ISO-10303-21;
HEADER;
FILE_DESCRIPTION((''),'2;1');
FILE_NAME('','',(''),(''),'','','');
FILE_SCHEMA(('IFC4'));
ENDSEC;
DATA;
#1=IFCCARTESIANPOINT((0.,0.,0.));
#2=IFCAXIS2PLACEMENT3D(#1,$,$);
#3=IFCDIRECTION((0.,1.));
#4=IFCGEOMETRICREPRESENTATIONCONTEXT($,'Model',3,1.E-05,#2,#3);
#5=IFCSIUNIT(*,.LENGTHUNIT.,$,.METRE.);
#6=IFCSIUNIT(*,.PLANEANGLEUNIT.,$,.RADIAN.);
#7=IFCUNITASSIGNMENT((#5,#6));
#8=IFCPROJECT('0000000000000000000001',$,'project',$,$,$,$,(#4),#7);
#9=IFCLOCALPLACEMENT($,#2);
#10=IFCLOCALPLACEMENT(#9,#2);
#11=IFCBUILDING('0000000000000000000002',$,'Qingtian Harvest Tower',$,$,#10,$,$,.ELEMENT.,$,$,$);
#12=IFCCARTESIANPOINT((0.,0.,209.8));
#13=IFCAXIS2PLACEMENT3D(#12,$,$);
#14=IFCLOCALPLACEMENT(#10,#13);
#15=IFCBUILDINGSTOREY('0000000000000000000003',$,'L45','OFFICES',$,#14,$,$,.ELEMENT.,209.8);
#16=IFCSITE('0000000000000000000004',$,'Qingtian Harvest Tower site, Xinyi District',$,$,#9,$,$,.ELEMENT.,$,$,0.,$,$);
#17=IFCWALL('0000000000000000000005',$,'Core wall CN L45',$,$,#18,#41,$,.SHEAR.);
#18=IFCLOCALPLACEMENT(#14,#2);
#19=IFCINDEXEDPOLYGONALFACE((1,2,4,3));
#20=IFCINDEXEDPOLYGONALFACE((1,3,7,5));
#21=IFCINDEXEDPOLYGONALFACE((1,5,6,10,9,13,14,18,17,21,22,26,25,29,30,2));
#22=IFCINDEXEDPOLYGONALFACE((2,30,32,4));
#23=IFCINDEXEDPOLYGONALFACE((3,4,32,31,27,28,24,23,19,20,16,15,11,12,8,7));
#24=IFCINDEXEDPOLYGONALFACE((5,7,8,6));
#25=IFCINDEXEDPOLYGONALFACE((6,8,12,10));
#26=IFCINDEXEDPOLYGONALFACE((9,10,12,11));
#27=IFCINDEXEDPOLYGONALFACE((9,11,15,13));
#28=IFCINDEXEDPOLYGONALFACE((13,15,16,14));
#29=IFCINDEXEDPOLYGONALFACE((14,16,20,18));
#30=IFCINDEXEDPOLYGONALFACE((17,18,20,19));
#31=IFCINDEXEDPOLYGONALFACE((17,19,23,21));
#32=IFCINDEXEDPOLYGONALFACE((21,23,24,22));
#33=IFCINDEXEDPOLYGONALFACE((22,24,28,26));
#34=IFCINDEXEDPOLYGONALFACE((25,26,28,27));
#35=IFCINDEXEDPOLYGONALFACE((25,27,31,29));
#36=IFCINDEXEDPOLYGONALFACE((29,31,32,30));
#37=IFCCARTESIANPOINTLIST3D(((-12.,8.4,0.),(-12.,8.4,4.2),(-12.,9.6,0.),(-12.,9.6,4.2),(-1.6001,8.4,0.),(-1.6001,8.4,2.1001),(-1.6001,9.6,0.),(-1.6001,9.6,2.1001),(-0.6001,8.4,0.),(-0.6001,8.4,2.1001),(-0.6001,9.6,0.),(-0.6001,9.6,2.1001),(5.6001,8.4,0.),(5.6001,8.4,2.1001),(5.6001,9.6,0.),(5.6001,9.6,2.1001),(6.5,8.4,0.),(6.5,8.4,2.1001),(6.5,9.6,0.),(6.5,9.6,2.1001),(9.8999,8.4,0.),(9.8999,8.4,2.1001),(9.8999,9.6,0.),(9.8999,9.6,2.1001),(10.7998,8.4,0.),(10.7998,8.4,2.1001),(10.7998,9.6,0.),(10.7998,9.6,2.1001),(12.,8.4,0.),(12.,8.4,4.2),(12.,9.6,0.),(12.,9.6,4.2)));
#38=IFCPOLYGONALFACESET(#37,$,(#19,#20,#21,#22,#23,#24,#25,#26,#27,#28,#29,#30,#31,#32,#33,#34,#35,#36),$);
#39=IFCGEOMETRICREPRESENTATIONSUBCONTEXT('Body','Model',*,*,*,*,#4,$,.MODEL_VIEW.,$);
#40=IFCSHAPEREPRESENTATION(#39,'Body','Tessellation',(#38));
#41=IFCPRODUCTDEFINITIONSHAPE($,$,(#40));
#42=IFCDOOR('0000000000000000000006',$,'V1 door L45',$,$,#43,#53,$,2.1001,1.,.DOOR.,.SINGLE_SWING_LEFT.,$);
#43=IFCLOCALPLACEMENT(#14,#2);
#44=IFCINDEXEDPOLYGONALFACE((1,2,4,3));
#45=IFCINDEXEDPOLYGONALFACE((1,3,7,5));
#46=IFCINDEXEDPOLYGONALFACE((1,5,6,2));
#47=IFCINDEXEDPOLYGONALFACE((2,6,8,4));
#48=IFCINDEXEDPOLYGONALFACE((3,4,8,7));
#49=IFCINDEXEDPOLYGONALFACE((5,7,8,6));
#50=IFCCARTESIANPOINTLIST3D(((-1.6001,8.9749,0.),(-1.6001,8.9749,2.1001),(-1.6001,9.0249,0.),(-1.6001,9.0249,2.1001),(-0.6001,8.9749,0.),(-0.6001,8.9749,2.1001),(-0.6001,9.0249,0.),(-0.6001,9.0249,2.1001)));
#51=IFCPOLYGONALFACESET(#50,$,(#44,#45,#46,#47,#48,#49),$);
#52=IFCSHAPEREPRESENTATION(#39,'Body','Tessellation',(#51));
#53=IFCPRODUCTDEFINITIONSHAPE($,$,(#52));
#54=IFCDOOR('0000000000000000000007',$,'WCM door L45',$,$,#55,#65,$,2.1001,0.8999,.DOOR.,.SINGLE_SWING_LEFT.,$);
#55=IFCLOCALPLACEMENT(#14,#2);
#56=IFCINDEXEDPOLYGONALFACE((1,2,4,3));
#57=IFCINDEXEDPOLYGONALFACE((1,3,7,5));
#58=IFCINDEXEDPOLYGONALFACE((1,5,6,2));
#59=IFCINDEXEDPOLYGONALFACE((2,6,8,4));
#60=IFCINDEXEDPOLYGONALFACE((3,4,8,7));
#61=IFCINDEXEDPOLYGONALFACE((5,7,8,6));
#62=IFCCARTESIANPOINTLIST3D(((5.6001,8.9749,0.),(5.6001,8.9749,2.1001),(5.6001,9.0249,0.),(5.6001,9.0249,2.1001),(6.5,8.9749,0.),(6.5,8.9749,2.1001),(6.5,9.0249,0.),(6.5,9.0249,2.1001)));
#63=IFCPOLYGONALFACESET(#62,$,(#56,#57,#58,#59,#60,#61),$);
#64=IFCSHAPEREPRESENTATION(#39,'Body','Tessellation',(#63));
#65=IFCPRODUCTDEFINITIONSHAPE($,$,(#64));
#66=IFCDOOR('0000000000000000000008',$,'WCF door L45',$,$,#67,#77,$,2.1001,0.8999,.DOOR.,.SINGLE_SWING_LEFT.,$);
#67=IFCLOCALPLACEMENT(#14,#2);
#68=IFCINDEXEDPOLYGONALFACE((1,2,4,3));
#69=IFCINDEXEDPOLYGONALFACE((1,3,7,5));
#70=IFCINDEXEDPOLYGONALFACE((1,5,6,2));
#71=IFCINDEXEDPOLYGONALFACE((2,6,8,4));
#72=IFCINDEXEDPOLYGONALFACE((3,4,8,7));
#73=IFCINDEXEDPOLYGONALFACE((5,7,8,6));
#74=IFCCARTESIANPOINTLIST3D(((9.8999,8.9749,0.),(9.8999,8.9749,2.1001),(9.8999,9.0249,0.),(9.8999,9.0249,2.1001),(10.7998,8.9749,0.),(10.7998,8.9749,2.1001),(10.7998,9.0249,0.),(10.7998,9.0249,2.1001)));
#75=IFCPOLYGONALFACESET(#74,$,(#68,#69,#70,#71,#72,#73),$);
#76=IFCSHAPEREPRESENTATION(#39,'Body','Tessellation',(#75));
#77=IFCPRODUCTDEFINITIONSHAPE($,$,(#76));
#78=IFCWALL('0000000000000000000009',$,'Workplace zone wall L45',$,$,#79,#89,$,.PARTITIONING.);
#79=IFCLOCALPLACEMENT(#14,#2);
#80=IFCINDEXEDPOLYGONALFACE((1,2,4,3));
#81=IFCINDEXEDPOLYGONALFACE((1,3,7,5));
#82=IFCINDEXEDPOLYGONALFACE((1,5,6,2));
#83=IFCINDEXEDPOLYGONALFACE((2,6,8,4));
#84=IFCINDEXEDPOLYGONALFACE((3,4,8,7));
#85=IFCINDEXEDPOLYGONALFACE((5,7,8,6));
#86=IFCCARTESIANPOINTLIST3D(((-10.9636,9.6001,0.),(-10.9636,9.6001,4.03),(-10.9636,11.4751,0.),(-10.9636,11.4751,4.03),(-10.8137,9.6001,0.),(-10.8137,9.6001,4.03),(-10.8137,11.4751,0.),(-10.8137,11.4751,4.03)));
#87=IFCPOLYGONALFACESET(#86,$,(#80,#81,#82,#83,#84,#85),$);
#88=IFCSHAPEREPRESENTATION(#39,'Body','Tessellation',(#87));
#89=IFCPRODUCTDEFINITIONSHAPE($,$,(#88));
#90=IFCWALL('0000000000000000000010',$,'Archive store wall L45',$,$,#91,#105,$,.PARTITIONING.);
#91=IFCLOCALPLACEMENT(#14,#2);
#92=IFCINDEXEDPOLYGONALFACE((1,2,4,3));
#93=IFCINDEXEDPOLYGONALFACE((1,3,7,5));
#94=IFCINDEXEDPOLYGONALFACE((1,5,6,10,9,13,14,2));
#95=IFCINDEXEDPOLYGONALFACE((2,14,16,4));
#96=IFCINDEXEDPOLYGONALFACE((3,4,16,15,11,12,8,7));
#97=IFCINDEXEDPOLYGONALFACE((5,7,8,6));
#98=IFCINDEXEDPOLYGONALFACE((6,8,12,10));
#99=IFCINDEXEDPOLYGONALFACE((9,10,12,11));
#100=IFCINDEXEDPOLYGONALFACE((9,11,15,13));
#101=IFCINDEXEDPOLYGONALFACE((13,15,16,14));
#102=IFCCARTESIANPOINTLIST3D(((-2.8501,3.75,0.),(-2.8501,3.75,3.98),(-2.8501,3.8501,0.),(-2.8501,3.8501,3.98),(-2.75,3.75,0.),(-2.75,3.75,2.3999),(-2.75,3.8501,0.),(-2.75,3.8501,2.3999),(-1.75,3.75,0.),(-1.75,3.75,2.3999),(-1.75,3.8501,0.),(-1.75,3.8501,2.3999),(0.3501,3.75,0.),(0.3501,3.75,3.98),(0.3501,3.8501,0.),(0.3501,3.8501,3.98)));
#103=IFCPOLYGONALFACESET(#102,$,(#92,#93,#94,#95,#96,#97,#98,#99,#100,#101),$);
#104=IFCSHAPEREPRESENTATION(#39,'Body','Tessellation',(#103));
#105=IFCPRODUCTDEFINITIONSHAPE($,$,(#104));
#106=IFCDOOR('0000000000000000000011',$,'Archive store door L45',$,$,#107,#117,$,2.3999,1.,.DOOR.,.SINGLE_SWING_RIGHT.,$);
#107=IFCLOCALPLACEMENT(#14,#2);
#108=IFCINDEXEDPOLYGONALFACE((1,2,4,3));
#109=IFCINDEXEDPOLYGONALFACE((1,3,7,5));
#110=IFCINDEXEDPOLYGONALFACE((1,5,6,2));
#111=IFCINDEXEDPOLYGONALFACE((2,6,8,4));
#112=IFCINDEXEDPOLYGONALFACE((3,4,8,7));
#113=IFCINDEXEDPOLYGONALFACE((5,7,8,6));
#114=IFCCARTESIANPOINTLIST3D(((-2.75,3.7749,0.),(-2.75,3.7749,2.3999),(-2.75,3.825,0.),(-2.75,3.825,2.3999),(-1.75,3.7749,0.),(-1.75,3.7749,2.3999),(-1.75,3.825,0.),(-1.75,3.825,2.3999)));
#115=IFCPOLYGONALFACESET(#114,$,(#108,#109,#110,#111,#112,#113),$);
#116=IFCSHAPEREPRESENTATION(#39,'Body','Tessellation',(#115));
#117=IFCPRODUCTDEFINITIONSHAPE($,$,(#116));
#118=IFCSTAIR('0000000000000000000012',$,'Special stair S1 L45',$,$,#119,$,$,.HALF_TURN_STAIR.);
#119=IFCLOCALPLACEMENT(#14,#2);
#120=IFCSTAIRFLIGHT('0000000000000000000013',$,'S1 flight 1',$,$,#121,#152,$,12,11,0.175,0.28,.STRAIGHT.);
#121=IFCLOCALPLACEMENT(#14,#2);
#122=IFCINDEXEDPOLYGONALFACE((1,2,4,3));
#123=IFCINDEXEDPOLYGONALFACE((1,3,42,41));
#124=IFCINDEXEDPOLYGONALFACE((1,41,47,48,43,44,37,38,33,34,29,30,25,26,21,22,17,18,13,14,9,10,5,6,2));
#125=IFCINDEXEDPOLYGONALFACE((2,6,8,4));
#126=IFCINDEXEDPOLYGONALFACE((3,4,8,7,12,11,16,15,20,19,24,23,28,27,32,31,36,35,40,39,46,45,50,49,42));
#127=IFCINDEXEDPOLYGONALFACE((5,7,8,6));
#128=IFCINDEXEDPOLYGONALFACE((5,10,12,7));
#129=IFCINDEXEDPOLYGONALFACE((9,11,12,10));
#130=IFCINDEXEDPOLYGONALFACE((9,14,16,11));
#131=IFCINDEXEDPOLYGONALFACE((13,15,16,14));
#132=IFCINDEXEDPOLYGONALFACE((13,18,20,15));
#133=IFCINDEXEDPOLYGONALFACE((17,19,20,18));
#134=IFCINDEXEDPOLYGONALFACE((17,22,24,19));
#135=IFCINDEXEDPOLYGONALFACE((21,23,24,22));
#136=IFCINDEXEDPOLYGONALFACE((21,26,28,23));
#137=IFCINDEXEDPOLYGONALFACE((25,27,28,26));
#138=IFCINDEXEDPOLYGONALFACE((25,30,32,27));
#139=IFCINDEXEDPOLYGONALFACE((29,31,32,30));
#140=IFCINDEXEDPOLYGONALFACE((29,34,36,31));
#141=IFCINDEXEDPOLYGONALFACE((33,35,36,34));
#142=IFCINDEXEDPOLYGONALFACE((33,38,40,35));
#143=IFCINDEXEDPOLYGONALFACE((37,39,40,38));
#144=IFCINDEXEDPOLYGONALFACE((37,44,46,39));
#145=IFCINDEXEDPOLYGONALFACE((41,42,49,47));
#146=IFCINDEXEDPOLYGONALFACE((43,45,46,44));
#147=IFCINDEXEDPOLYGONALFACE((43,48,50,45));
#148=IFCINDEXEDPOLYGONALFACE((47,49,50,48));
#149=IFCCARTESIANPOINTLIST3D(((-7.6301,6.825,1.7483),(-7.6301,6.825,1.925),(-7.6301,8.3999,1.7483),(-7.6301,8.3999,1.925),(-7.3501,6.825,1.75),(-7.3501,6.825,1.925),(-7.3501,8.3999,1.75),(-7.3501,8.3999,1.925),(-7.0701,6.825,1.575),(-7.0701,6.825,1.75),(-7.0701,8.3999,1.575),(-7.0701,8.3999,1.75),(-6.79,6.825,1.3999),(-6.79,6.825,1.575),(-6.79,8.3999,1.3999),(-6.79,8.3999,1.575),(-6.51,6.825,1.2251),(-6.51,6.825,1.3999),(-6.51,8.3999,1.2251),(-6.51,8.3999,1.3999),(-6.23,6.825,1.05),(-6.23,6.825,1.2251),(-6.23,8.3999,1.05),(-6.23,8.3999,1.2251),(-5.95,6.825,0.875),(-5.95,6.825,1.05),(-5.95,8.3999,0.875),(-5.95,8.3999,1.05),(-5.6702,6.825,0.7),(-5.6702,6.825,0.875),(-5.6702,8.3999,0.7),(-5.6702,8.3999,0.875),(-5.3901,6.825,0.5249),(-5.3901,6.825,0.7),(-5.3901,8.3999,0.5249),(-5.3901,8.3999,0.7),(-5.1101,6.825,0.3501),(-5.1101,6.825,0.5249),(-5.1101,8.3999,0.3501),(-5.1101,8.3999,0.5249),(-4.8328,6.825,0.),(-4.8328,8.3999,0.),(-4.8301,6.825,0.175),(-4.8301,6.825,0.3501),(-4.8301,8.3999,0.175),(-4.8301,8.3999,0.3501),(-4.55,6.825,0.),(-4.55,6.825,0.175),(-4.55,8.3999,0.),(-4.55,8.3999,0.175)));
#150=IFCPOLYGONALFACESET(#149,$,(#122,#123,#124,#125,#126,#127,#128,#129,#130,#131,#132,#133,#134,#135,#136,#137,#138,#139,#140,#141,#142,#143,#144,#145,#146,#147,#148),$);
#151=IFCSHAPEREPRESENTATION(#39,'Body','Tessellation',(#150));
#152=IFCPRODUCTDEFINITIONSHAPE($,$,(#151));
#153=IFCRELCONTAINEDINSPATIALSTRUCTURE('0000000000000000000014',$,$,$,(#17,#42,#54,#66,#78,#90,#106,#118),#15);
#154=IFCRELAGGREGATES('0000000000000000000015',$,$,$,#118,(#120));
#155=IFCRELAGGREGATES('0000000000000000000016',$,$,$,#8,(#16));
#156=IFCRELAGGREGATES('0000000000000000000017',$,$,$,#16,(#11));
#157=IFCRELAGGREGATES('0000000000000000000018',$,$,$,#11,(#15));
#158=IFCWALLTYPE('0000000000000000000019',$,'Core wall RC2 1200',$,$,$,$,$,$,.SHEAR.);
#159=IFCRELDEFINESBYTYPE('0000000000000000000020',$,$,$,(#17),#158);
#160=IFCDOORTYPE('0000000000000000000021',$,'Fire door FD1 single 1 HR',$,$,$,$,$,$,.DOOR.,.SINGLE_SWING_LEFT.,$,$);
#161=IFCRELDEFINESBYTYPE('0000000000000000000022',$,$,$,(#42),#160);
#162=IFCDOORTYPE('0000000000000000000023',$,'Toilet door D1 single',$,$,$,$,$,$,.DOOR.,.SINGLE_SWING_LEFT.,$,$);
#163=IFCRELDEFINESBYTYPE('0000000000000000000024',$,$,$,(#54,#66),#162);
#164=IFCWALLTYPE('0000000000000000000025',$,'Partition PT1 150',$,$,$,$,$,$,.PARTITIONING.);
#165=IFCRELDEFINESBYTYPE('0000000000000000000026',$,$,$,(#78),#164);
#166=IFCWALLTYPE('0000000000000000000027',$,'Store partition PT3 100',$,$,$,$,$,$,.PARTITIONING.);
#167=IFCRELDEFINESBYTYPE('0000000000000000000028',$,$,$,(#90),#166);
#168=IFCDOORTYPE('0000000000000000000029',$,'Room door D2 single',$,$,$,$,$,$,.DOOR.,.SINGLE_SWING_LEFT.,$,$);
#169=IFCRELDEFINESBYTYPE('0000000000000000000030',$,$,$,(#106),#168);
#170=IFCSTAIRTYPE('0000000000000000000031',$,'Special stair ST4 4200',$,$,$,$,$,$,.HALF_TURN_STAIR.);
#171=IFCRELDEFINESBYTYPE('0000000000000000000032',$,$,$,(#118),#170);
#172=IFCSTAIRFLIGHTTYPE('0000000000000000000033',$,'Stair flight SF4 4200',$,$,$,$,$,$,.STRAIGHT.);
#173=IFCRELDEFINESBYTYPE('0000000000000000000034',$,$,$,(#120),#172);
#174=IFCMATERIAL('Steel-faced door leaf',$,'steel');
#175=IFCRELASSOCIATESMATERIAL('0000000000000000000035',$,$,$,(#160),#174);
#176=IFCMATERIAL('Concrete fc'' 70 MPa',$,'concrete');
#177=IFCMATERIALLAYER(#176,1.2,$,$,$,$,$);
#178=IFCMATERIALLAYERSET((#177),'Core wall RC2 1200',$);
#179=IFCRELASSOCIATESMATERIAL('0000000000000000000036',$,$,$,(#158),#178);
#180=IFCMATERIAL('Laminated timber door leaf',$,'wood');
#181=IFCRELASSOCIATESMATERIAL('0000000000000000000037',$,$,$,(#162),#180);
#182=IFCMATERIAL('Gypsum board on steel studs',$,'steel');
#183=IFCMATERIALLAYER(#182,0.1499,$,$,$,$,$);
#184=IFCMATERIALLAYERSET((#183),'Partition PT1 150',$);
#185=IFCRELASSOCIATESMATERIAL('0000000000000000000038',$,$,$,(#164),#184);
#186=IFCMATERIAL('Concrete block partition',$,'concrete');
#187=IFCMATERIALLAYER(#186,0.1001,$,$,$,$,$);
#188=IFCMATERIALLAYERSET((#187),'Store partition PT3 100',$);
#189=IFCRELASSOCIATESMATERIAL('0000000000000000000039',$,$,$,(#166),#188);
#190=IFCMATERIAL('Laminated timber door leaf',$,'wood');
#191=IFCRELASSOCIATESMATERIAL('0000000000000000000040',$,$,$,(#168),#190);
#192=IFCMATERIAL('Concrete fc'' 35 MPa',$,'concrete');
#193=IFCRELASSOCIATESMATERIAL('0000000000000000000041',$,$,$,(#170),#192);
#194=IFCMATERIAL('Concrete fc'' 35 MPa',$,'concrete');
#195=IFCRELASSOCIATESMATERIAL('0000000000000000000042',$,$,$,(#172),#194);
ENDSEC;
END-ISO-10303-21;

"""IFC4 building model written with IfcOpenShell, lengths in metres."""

from ifc_helpers import new_model, si_unit, direction, frame, frame_2d, origin, place, context, subcontext, project, spatial, polyline, rectangle, outline, extrude, material, layer, layer_set, type_object, element, fill, aggregate, save


model = new_model("IFC4")

# Units and contexts
model_context = context("Model", 3, precision=1e-05, world=origin(), true_north=direction((0.0, 1.0)))
body_context = subcontext(model_context, "Body", "Model", "MODEL_VIEW")
ifc_project = project(units=[si_unit("LENGTHUNIT", "METRE"), si_unit("PLANEANGLEUNIT", "RADIAN")], contexts=[model_context])

# Site, building, storey
site_placement = place(None, origin())
site = spatial("IfcSite", under=ifc_project, at=site_placement, Name="Qingtian Harvest Tower site, Xinyi District", CompositionType="ELEMENT", RefElevation=0.0)
building_placement = place(site_placement, origin())
building = spatial("IfcBuilding", under=site, at=building_placement, Name="Qingtian Harvest Tower", CompositionType="ELEMENT")
storey_placement = place(building_placement, frame((0.0, 0.0, 209.8)))
storey = spatial("IfcBuildingStorey", under=building, at=storey_placement, Name="L45", Description="OFFICES", CompositionType="ELEMENT", Elevation=209.8)

# Shared definitions
ifc_material_1 = material(Name="Steel-faced door leaf", Category="steel")
door_type_1 = type_object("IfcDoorType", Name="Fire door FD1 single 1 HR", OperationType="SINGLE_SWING_LEFT", PredefinedType="DOOR", material=ifc_material_1)

# Wall, openings, doors
ifc_material_2 = material(Name="Concrete fc' 70 MPa", Category="concrete")
ifc_layer_1 = layer(ifc_material_2, 1.2)
ifc_layer_set_1 = layer_set([ifc_layer_1], Name="Core wall RC2 1200")
wall_type_1 = type_object("IfcWallType", Name="Core wall RC2 1200", PredefinedType="SHEAR", material=ifc_layer_set_1)
wall_1_placement = place(storey_placement, frame((-12.0, 9.0, 0.0), z_axis=(0.0, 0.0, 1.0), x_axis=(1.0, 0.0, 0.0)))
wall_1 = element("IfcWall", 1, at=wall_1_placement, inside=storey, type_object=wall_type_1, Name="Core wall CN L45", PredefinedType="SHEAR", context=body_context, shape_type="SweptSolid", body=[
    extrude(rectangle(XDim=24.0, YDim=1.2, at=frame_2d((12.0, 0.0))), origin(), (0.0, 0.0, 1.0), 4.2),
])
opening_1_placement = place(wall_1_placement, frame((10.3999, 0.0, 0.0)))
opening_1 = element("IfcOpeningElement", 2, at=opening_1_placement, cuts=wall_1, PredefinedType="OPENING", context=body_context, shape_type="SweptSolid", body=[
    extrude(rectangle(XDim=1.0, YDim=2.1001, at=frame_2d((0.5, 1.05))), frame((0.0, 0.6099, 0.0), z_axis=(0.0, -1.0, 0.0), x_axis=(1.0, 0.0, 0.0)), (0.0, 0.0, 1.0), 1.22),
])
opening_2_placement = place(wall_1_placement, frame((17.6001, 0.0, 0.0)))
opening_2 = element("IfcOpeningElement", 3, at=opening_2_placement, cuts=wall_1, PredefinedType="OPENING", context=body_context, shape_type="SweptSolid", body=[
    extrude(rectangle(XDim=0.8999, YDim=2.1001, at=frame_2d((0.45, 1.05))), frame((0.0, 0.6099, 0.0), z_axis=(0.0, -1.0, 0.0), x_axis=(1.0, 0.0, 0.0)), (0.0, 0.0, 1.0), 1.22),
])
opening_3_placement = place(wall_1_placement, frame((21.8999, 0.0, 0.0)))
opening_3 = element("IfcOpeningElement", 4, at=opening_3_placement, cuts=wall_1, PredefinedType="OPENING", context=body_context, shape_type="SweptSolid", body=[
    extrude(rectangle(XDim=0.8999, YDim=2.1001, at=frame_2d((0.45, 1.05))), frame((0.0, 0.6099, 0.0), z_axis=(0.0, -1.0, 0.0), x_axis=(1.0, 0.0, 0.0)), (0.0, 0.0, 1.0), 1.22),
])
door_1_placement = place(opening_1_placement, origin())
door_1 = element("IfcDoor", 5, at=door_1_placement, inside=storey, type_object=door_type_1, Name="V1 door L45", OperationType="SINGLE_SWING_LEFT", OverallHeight=2.1001, OverallWidth=1.0, PredefinedType="DOOR", context=body_context, shape_type="SweptSolid", body=[
    extrude(rectangle(XDim=1.0, YDim=2.1001, at=frame_2d((0.5, 1.05))), frame((0.0, 0.0249, 0.0), z_axis=(0.0, -1.0, 0.0), x_axis=(1.0, 0.0, 0.0)), (0.0, 0.0, 1.0), 0.05),
])
fill(opening_1, door_1)
ifc_material_3 = material(Name="Laminated timber door leaf", Category="wood")
door_type_2 = type_object("IfcDoorType", Name="Toilet door D1 single", OperationType="SINGLE_SWING_LEFT", PredefinedType="DOOR", material=ifc_material_3)
door_2_placement = place(opening_2_placement, origin())
door_2 = element("IfcDoor", 6, at=door_2_placement, inside=storey, type_object=door_type_2, Name="WCM door L45", OperationType="SINGLE_SWING_LEFT", OverallHeight=2.1001, OverallWidth=0.8999, PredefinedType="DOOR", context=body_context, shape_type="SweptSolid", body=[
    extrude(rectangle(XDim=0.8999, YDim=2.1001, at=frame_2d((0.45, 1.05))), frame((0.0, 0.0249, 0.0), z_axis=(0.0, -1.0, 0.0), x_axis=(1.0, 0.0, 0.0)), (0.0, 0.0, 1.0), 0.05),
])
fill(opening_2, door_2)
door_3_placement = place(opening_3_placement, origin())
door_3 = element("IfcDoor", 7, at=door_3_placement, inside=storey, type_object=door_type_2, Name="WCF door L45", OperationType="SINGLE_SWING_LEFT", OverallHeight=2.1001, OverallWidth=0.8999, PredefinedType="DOOR", context=body_context, shape_type="SweptSolid", body=[
    extrude(rectangle(XDim=0.8999, YDim=2.1001, at=frame_2d((0.45, 1.05))), frame((0.0, 0.0249, 0.0), z_axis=(0.0, -1.0, 0.0), x_axis=(1.0, 0.0, 0.0)), (0.0, 0.0, 1.0), 0.05),
])
fill(opening_3, door_3)

# Wall
ifc_material_4 = material(Name="Gypsum board on steel studs", Category="steel")
ifc_layer_2 = layer(ifc_material_4, 0.1499)
ifc_layer_set_2 = layer_set([ifc_layer_2], Name="Partition PT1 150")
wall_type_2 = type_object("IfcWallType", Name="Partition PT1 150", PredefinedType="PARTITIONING", material=ifc_layer_set_2)
wall_2_placement = place(storey_placement, frame((-10.8887, 9.6001, 0.0), z_axis=(0.0, 0.0, 1.0), x_axis=(0.0, 1.0, 0.0)))
element("IfcWall", 8, at=wall_2_placement, inside=storey, type_object=wall_type_2, Name="Workplace zone wall L45", PredefinedType="PARTITIONING", context=body_context, shape_type="SweptSolid", body=[
    extrude(rectangle(XDim=1.875, YDim=0.1499, at=frame_2d((0.9375, 0.0))), origin(), (0.0, 0.0, 1.0), 4.03),
])

# Wall, opening, door
ifc_material_5 = material(Name="Concrete block partition", Category="concrete")
ifc_layer_3 = layer(ifc_material_5, 0.1001)
ifc_layer_set_3 = layer_set([ifc_layer_3], Name="Store partition PT3 100")
wall_type_3 = type_object("IfcWallType", Name="Store partition PT3 100", PredefinedType="PARTITIONING", material=ifc_layer_set_3)
wall_3_placement = place(storey_placement, frame((-2.8501, 3.8, 0.0), z_axis=(0.0, 0.0, 1.0), x_axis=(1.0, 0.0, 0.0)))
wall_3 = element("IfcWall", 9, at=wall_3_placement, inside=storey, type_object=wall_type_3, Name="Archive store wall L45", PredefinedType="PARTITIONING", context=body_context, shape_type="SweptSolid", body=[
    extrude(rectangle(XDim=3.2002, YDim=0.1001, at=frame_2d((1.6001, 0.0))), origin(), (0.0, 0.0, 1.0), 3.98),
])
opening_4_placement = place(wall_3_placement, frame((0.1001, 0.0, 0.0)))
opening_4 = element("IfcOpeningElement", 10, at=opening_4_placement, cuts=wall_3, PredefinedType="OPENING", context=body_context, shape_type="SweptSolid", body=[
    extrude(rectangle(XDim=1.0, YDim=2.3999, at=frame_2d((0.5, 1.2))), frame((0.0, 0.0601, 0.0), z_axis=(0.0, -1.0, 0.0), x_axis=(1.0, 0.0, 0.0)), (0.0, 0.0, 1.0), 0.1201),
])
ifc_material_6 = material(Name="Laminated timber door leaf", Category="wood")
door_type_3 = type_object("IfcDoorType", Name="Room door D2 single", OperationType="SINGLE_SWING_LEFT", PredefinedType="DOOR", material=ifc_material_6)
door_4_placement = place(opening_4_placement, origin())
door_4 = element("IfcDoor", 11, at=door_4_placement, inside=storey, type_object=door_type_3, Name="Archive store door L45", OperationType="SINGLE_SWING_RIGHT", OverallHeight=2.3999, OverallWidth=1.0, PredefinedType="DOOR", context=body_context, shape_type="SweptSolid", body=[
    extrude(rectangle(XDim=1.0, YDim=2.3999, at=frame_2d((0.5, 1.2))), frame((0.0, 0.0249, 0.0), z_axis=(0.0, -1.0, 0.0), x_axis=(1.0, 0.0, 0.0)), (0.0, 0.0, 1.0), 0.05),
])
fill(opening_4, door_4)

# Stair, stair flight
ifc_material_7 = material(Name="Concrete fc' 35 MPa", Category="concrete")
stair_type = type_object("IfcStairType", Name="Special stair ST4 4200", PredefinedType="HALF_TURN_STAIR", material=ifc_material_7)
stair_placement = place(storey_placement, origin())
stair = element("IfcStair", 12, at=stair_placement, inside=storey, type_object=stair_type, Name="Special stair S1 L45", PredefinedType="HALF_TURN_STAIR")
ifc_material_8 = material(Name="Concrete fc' 35 MPa", Category="concrete")
stair_flight_type = type_object("IfcStairFlightType", Name="Stair flight SF4 4200", PredefinedType="STRAIGHT", material=ifc_material_8)
stair_flight_1_placement = place(storey_placement, frame((-4.55, 7.6125, 0.0), z_axis=(0.0, 0.0, 1.0), x_axis=(-1.0, 0.0, 0.0)))
stair_flight_1 = element("IfcStairFlight", 13, at=stair_flight_1_placement, type_object=stair_flight_type, Name="S1 flight 1", NumberOfRisers=12, NumberOfTreads=11, PredefinedType="STRAIGHT", RiserHeight=0.175, TreadLength=0.28, context=body_context, shape_type="SweptSolid", body=[
    extrude(outline(polyline([(0.0, 0.0), (0.0, 0.175), (0.28, 0.175), (0.28, 0.3501), (0.5601, 0.3501), (0.5601, 0.5249), (0.8401, 0.5249), (0.8401, 0.7), (1.1201, 0.7), (1.1201, 0.875), (1.3999, 0.875), (1.3999, 1.05), (1.6799, 1.05), (1.6799, 1.2251), (1.96, 1.2251), (1.96, 1.3999), (2.24, 1.3999), (2.24, 1.575), (2.52, 1.575), (2.52, 1.75), (2.8, 1.75), (2.8, 1.925), (3.0801, 1.925), (3.0801, 2.1001), (3.0801, 1.7483), (0.2827, 0.0), (0.0, 0.0)])), frame((0.0, 0.7876, 0.0), z_axis=(0.0, -1.0, 0.0), x_axis=(1.0, 0.0, 0.0)), (0.0, 0.0, 1.0), 1.575),
])
aggregate(stair, [stair_flight_1])

save(model, "model.ifc")
